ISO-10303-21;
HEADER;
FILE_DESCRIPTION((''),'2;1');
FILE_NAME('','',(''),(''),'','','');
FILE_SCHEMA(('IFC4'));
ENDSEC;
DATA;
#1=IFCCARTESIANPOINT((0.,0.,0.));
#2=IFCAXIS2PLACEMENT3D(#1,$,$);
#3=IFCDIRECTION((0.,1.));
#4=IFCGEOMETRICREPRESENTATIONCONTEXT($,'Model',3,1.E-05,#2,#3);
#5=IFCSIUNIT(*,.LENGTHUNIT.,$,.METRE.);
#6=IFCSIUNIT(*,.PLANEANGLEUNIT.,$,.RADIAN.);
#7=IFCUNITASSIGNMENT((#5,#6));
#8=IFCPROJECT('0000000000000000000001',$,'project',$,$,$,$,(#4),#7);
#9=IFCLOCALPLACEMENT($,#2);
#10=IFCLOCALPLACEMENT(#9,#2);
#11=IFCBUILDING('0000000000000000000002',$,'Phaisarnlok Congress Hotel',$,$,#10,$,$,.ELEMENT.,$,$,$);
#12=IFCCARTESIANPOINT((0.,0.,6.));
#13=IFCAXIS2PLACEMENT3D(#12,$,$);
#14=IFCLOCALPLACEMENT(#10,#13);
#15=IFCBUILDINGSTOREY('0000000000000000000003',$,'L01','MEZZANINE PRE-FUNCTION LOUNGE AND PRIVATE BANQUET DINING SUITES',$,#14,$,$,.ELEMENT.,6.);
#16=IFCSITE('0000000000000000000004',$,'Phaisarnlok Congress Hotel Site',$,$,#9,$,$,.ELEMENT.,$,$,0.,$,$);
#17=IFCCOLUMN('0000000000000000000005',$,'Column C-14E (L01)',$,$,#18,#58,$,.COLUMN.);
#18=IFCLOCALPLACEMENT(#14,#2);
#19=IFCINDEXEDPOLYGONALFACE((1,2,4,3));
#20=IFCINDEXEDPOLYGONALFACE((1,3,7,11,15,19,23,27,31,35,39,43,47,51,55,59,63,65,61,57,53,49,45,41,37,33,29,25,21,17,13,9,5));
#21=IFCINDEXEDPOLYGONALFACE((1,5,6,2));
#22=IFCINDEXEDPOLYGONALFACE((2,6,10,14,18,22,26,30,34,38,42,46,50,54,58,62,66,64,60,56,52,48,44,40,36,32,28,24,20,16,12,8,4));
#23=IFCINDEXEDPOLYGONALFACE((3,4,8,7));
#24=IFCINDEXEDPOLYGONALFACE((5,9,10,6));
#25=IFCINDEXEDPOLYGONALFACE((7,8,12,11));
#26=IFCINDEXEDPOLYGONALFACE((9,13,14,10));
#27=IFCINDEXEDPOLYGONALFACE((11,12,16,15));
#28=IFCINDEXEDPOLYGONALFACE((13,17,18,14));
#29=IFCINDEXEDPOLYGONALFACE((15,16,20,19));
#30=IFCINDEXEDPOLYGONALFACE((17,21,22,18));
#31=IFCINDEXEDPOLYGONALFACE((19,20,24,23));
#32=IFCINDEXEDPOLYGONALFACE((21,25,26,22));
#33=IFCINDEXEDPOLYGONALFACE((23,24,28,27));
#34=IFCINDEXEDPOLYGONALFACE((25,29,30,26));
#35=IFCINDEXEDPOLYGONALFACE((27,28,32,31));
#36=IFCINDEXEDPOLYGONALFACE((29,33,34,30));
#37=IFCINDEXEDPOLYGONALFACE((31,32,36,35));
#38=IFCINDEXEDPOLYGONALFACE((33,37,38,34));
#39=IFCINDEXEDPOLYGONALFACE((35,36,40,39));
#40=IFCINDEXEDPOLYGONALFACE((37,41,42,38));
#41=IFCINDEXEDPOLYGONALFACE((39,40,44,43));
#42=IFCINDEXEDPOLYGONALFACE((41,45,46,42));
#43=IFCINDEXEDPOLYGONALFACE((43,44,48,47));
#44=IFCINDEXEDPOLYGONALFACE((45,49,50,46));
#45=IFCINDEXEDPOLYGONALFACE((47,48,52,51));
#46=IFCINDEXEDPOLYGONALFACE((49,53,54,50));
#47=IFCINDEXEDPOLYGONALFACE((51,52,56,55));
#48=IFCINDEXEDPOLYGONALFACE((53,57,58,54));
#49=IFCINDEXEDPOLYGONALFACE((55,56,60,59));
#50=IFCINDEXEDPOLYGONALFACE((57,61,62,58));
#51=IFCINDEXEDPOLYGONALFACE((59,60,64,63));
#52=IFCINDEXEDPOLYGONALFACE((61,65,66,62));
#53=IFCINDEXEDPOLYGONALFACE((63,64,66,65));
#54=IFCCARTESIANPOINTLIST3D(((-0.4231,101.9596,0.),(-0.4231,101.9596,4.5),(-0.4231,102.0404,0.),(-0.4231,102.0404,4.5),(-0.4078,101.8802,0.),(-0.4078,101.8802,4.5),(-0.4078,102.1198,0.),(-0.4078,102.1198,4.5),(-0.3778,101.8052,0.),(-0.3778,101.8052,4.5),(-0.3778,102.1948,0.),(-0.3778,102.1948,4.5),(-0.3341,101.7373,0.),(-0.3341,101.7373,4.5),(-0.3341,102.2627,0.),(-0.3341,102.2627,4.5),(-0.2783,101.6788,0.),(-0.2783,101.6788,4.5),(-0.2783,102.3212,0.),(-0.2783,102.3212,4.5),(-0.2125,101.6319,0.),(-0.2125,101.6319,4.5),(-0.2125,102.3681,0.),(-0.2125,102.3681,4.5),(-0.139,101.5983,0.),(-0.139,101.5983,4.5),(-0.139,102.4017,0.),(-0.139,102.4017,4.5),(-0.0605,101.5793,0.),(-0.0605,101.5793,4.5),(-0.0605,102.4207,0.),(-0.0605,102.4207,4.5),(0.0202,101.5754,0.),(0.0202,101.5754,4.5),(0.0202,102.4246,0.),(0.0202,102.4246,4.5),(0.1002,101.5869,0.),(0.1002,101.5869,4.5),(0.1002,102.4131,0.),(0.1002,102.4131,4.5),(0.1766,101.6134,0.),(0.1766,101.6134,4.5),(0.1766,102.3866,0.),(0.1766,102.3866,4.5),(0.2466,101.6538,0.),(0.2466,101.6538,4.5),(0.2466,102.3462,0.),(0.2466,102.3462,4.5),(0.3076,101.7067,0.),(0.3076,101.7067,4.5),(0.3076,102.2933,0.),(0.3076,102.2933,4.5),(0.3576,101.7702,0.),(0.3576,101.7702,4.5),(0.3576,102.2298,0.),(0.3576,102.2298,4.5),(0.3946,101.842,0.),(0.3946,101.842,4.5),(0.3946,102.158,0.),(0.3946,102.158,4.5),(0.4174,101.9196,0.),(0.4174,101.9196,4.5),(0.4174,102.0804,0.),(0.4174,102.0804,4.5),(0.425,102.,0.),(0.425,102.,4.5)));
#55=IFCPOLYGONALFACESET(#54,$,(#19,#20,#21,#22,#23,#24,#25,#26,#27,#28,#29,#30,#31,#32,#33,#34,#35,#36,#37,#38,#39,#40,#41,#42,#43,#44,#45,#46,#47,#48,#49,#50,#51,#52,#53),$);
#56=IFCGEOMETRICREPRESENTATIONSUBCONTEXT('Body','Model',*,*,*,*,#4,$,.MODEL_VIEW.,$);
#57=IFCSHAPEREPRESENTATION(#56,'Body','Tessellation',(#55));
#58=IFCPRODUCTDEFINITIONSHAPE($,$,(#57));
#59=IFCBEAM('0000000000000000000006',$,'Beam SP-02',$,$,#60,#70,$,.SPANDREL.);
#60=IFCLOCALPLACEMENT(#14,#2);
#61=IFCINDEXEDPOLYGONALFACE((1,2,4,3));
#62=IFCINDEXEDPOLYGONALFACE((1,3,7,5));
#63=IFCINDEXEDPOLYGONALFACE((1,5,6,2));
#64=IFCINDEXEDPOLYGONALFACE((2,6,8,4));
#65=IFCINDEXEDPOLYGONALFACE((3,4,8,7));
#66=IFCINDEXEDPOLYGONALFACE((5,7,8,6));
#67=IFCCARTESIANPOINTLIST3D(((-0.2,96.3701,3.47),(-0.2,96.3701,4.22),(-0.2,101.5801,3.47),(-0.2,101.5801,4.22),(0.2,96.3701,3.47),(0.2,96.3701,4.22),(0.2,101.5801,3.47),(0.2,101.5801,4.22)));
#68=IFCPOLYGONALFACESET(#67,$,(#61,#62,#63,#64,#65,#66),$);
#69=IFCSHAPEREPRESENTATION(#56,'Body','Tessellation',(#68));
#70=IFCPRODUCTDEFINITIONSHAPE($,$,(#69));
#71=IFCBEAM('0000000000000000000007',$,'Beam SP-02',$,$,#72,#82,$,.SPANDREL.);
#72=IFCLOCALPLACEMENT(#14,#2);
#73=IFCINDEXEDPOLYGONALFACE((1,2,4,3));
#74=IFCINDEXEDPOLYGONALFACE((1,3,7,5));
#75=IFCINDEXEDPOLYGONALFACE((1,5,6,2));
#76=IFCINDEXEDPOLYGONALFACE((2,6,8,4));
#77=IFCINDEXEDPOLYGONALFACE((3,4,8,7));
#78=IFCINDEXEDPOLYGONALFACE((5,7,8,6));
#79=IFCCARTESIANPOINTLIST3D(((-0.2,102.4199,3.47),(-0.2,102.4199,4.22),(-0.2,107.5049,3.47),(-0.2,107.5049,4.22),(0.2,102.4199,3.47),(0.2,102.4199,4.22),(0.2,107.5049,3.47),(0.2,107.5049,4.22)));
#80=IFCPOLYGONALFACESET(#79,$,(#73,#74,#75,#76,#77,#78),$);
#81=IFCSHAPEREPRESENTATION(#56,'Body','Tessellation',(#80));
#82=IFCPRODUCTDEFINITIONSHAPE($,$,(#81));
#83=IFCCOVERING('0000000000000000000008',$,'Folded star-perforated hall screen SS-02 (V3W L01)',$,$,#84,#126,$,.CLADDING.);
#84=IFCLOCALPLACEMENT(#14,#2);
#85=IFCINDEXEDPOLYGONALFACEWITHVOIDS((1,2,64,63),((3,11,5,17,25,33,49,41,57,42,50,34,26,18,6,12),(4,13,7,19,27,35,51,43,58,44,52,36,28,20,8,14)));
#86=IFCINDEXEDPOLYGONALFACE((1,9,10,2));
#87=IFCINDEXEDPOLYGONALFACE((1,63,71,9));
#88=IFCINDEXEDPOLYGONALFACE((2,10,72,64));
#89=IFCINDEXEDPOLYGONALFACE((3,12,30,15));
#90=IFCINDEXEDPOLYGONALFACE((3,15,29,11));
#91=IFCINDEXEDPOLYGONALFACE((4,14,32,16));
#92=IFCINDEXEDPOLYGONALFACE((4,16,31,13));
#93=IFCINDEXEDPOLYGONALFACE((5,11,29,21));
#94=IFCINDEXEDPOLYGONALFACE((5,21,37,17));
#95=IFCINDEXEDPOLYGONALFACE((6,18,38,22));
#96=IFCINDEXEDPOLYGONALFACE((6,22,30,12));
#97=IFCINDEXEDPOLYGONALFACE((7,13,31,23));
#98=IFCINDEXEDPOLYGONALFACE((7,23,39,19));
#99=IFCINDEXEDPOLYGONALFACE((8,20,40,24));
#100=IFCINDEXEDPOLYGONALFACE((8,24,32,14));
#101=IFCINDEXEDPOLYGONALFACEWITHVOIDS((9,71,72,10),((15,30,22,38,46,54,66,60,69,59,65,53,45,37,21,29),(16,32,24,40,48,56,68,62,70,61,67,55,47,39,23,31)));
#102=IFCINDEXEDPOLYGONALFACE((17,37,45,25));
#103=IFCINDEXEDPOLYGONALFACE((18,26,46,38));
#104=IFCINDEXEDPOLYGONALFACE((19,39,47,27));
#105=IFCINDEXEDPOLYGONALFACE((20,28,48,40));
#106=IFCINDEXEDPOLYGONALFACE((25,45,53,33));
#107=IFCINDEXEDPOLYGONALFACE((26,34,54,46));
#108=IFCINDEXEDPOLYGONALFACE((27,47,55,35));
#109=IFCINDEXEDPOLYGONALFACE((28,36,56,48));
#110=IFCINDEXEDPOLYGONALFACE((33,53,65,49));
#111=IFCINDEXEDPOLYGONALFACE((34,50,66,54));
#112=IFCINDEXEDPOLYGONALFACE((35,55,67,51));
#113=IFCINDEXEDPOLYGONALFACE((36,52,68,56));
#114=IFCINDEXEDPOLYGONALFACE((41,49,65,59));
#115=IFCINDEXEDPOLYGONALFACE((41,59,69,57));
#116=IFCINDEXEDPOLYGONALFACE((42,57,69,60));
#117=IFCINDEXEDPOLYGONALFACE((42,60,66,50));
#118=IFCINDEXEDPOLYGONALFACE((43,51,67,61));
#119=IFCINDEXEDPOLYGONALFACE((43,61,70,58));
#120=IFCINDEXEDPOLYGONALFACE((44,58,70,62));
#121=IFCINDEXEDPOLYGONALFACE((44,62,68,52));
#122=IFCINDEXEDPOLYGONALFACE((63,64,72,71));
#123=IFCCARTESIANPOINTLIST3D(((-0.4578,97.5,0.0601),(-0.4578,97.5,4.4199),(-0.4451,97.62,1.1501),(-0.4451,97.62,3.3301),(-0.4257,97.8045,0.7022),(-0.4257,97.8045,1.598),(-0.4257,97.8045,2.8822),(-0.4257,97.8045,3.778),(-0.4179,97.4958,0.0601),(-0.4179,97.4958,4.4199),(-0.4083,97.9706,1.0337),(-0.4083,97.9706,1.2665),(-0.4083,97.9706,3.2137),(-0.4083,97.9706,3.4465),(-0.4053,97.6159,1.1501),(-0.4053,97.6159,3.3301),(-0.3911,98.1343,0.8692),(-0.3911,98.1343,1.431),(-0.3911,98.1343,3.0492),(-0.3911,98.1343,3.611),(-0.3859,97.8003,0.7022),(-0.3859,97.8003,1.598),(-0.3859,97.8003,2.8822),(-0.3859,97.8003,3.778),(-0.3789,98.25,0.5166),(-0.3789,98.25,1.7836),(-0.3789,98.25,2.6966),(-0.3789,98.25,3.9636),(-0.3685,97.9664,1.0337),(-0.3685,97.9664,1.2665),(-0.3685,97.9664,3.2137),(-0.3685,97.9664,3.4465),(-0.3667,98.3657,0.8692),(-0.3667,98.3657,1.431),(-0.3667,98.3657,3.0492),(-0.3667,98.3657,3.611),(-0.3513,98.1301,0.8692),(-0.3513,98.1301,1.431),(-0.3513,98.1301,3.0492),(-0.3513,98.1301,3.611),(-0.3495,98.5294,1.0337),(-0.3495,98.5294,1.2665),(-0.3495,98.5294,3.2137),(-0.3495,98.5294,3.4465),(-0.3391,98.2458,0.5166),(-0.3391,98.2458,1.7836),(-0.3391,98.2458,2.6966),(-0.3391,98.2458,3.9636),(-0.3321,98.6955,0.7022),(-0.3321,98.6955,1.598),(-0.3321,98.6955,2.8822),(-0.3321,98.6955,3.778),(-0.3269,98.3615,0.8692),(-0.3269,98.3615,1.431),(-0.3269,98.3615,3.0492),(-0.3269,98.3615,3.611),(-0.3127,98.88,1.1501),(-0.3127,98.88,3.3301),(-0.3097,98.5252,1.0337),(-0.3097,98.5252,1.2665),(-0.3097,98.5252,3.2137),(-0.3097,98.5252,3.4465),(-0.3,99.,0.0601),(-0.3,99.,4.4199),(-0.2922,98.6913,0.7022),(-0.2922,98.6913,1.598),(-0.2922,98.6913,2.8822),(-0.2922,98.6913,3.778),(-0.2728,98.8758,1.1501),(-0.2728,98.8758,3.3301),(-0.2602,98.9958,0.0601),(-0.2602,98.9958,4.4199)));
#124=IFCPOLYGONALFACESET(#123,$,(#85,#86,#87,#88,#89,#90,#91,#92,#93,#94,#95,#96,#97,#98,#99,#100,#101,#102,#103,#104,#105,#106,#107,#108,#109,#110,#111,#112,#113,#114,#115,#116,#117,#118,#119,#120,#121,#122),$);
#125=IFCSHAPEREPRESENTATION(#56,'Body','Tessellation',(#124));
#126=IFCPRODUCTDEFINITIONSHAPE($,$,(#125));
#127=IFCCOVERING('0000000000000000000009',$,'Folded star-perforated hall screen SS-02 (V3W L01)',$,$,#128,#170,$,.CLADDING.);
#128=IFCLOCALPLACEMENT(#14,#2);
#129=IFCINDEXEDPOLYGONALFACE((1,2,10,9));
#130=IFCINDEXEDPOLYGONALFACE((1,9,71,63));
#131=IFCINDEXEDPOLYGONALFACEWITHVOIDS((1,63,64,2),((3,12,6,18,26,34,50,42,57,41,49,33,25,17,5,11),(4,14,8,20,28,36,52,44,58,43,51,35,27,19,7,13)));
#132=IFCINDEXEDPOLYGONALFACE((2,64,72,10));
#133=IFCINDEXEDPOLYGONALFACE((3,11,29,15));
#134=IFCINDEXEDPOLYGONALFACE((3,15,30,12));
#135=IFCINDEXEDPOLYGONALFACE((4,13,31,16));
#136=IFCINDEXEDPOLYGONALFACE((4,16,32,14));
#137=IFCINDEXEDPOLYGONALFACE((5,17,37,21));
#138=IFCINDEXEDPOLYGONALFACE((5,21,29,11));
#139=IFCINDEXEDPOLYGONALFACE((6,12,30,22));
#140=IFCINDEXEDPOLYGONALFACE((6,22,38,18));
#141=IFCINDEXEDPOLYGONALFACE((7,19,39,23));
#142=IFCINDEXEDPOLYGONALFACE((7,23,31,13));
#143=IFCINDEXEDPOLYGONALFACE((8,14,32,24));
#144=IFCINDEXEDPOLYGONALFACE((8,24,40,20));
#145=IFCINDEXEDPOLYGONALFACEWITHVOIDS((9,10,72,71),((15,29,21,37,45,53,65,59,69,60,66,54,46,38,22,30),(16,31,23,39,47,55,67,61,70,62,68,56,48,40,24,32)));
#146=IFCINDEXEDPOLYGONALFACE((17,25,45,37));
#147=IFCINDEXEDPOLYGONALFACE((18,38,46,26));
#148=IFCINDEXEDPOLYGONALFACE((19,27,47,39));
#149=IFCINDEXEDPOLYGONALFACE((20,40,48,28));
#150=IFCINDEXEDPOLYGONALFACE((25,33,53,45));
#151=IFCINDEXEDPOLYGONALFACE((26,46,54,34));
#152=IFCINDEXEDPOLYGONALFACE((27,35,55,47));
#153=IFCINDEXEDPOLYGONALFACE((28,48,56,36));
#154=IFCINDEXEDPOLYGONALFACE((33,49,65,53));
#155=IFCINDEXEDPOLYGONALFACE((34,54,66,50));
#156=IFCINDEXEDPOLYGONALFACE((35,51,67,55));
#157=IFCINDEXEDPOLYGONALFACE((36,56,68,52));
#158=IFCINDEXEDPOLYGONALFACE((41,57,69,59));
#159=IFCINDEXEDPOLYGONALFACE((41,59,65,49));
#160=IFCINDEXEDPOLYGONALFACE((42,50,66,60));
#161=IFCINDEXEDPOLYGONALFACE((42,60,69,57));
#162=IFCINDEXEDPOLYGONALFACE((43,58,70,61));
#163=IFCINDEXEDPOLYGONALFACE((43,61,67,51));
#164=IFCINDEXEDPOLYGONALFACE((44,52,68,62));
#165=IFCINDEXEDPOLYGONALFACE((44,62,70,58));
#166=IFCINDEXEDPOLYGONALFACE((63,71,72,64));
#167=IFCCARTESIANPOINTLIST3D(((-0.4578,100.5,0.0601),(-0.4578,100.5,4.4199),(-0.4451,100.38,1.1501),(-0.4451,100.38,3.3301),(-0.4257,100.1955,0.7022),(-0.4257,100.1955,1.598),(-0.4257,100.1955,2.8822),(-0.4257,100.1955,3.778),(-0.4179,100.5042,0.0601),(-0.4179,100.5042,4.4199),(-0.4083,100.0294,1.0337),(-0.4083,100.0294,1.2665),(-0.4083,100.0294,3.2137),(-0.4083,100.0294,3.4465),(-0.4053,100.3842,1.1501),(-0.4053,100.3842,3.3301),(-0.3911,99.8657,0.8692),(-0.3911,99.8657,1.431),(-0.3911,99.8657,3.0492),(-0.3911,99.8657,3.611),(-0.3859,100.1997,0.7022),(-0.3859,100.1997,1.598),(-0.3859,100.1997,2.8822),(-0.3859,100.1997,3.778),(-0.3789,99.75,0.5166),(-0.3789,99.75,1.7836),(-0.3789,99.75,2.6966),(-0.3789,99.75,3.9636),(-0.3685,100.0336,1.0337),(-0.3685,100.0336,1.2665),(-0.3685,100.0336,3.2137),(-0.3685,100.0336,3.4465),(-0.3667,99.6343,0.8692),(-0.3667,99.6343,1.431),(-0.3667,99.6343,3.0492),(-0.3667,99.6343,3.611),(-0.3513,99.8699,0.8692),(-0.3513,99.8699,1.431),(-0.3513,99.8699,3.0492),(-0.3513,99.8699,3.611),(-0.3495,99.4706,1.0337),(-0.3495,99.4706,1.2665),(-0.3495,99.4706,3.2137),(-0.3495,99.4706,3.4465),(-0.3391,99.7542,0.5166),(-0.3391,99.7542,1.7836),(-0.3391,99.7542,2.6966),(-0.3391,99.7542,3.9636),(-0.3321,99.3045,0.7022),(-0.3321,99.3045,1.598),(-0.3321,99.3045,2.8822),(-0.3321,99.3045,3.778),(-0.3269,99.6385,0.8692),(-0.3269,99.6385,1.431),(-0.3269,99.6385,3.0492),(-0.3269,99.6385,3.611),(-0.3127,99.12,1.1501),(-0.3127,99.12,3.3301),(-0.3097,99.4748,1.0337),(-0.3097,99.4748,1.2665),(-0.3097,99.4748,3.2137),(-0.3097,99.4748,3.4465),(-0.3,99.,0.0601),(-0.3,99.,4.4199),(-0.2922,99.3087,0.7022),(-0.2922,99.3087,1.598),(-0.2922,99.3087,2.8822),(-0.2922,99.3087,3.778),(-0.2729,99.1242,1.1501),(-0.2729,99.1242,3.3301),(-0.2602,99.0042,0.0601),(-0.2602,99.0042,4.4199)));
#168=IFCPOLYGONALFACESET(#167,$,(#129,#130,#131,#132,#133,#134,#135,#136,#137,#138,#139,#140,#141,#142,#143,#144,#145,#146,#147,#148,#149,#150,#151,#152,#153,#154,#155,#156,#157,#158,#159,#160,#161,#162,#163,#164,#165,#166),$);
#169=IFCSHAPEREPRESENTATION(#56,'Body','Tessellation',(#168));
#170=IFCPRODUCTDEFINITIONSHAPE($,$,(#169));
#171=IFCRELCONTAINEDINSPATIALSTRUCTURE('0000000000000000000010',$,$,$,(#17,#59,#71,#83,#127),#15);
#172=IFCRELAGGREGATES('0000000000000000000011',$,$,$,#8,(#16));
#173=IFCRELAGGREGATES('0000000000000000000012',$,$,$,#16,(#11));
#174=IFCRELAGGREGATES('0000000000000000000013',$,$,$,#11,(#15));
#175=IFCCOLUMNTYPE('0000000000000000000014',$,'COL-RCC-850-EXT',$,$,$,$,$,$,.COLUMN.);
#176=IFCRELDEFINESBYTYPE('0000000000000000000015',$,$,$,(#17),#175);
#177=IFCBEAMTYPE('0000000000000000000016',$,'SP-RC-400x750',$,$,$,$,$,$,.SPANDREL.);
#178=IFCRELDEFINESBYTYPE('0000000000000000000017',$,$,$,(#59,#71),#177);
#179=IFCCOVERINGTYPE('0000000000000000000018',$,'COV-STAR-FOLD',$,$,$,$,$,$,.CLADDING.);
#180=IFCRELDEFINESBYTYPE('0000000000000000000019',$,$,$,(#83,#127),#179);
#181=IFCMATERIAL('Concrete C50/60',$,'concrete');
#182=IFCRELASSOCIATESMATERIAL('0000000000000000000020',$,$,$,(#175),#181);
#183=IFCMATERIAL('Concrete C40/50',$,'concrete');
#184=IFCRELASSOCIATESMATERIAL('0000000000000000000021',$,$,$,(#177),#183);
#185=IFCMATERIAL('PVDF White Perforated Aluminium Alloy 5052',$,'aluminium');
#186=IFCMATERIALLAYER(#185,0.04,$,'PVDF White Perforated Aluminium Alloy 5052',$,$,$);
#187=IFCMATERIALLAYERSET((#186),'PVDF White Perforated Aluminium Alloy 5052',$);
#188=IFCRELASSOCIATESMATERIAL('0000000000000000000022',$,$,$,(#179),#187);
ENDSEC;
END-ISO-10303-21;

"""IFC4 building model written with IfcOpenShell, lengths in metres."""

from ifc_helpers import new_model, si_unit, direction, frame, origin, origin_2d, place, context, subcontext, project, spatial, polyline, rectangle, circle, outline, extrude, material, layer, layer_set, material_profile, profile_set, type_object, element, save


model = new_model("IFC4")

# Units and contexts
model_context = context("Model", 3, precision=1e-05, world=origin(), true_north=direction((0.0, 1.0)))
body_context = subcontext(model_context, "Body", "Model", "MODEL_VIEW")
ifc_project = project(units=[si_unit("LENGTHUNIT", "METRE"), si_unit("PLANEANGLEUNIT", "RADIAN")], contexts=[model_context])

# Site, building, storey
site_placement = place(None, origin())
site = spatial("IfcSite", under=ifc_project, at=site_placement, Name="Phaisarnlok Congress Hotel Site", CompositionType="ELEMENT", RefElevation=0.0)
building_placement = place(site_placement, origin())
building = spatial("IfcBuilding", under=site, at=building_placement, Name="Phaisarnlok Congress Hotel", CompositionType="ELEMENT")
storey_placement = place(building_placement, frame((0.0, 0.0, 6.0)))
storey = spatial("IfcBuildingStorey", under=building, at=storey_placement, Name="L01", Description="MEZZANINE PRE-FUNCTION LOUNGE AND PRIVATE BANQUET DINING SUITES", CompositionType="ELEMENT", Elevation=6.0)

# Column
ifc_material_1 = material(Name="Concrete C50/60", Category="concrete")
ifc_material_profile_1 = material_profile(ifc_material_1, circle(Radius=0.425, at=origin_2d()), Name="RCC D850")
ifc_profile_set_1 = profile_set([ifc_material_profile_1], Name="Concrete C50/60")
column_type = type_object("IfcColumnType", Name="COL-RCC-850-EXT", PredefinedType="COLUMN", material=ifc_profile_set_1)
column_placement = place(storey_placement, frame((0.0, 102.0, 0.0), z_axis=(0.0, 0.0, 1.0), x_axis=(1.0, 0.0, 0.0)))
element("IfcColumn", 1, at=column_placement, inside=storey, type_object=column_type, Name="Column C-14E (L01)", PredefinedType="COLUMN", context=body_context, shape_type="SweptSolid", body=[
    extrude(circle(Radius=0.425, at=origin_2d()), origin(), (0.0, 0.0, 1.0), 4.5),
])

# Beams
ifc_material_2 = material(Name="Concrete C40/50", Category="concrete")
ifc_material_profile_2 = material_profile(ifc_material_2, rectangle(XDim=0.3999, YDim=0.75, at=origin_2d()), Name="RC 400x750")
ifc_profile_set_2 = profile_set([ifc_material_profile_2], Name="Concrete C40/50")
beam_type = type_object("IfcBeamType", Name="SP-RC-400x750", PredefinedType="SPANDREL", material=ifc_profile_set_2)
beam_1_placement = place(storey_placement, frame((0.0, 96.3701, 3.845), z_axis=(0.0, 1.0, 0.0), x_axis=(-1.0, 0.0, 0.0)))
element("IfcBeam", 2, at=beam_1_placement, inside=storey, type_object=beam_type, Name="Beam SP-02", PredefinedType="SPANDREL", context=body_context, shape_type="SweptSolid", body=[
    extrude(rectangle(XDim=0.3999, YDim=0.75, at=origin_2d()), origin(), (0.0, 0.0, 1.0), 5.21),
])
beam_2_placement = place(storey_placement, frame((0.0, 102.4199, 3.845), z_axis=(0.0, 1.0, 0.0), x_axis=(-1.0, 0.0, 0.0)))
element("IfcBeam", 3, at=beam_2_placement, inside=storey, type_object=beam_type, Name="Beam SP-02", PredefinedType="SPANDREL", context=body_context, shape_type="SweptSolid", body=[
    extrude(rectangle(XDim=0.3999, YDim=0.75, at=origin_2d()), origin(), (0.0, 0.0, 1.0), 5.085),
])

# Coverings
ifc_material_3 = material(Name="PVDF White Perforated Aluminium Alloy 5052", Category="aluminium")
ifc_layer = layer(ifc_material_3, 0.04, Name="PVDF White Perforated Aluminium Alloy 5052")
ifc_layer_set = layer_set([ifc_layer], Name="PVDF White Perforated Aluminium Alloy 5052")
covering_type = type_object("IfcCoveringType", Name="COV-STAR-FOLD", PredefinedType="CLADDING", material=ifc_layer_set)
for number, where, z_axis, x_axis, name in (
    (4, (-0.4578, 97.5, 0.0601), (0.994518, -0.104567, 0.0), (0.104567, 0.994518, 0.0), "Folded star-perforated hall screen SS-02 (V3W L01)"),
    (5, (-0.3, 99.0, 0.0601), (0.994518, 0.104567, 0.0), (-0.104567, 0.994518, 0.0), "Folded star-perforated hall screen SS-02 (V3W L01)"),
):
    element("IfcCovering", number, at=place(storey_placement, frame(where, z_axis=z_axis, x_axis=x_axis)), inside=storey, type_object=covering_type, Name=name, PredefinedType="CLADDING", context=body_context, shape_type="SweptSolid", body=[
        extrude(outline(polyline([(0.0, 0.0), (1.5083, 0.0), (1.5083, 4.3599), (0.0, 4.3599), (0.0, 0.0)]), holes=[polyline([(1.0351, 0.9736), (1.2021, 0.6421), (0.8705, 0.8091), (0.7541, 0.4565), (0.6378, 0.8091), (0.3062, 0.6421), (0.4732, 0.9736), (0.1207, 1.09), (0.4732, 1.2064), (0.3062, 1.5379), (0.6378, 1.3709), (0.7541, 1.7235), (0.8705, 1.3709), (1.2021, 1.5379), (1.0351, 1.2064), (1.3876, 1.09), (1.0351, 0.9736)]), polyline([(1.0351, 3.1536), (1.2021, 2.8221), (0.8705, 2.9891), (0.7541, 2.6365), (0.6378, 2.9891), (0.3062, 2.8221), (0.4732, 3.1536), (0.1207, 3.27), (0.4732, 3.3864), (0.3062, 3.7179), (0.6378, 3.5509), (0.7541, 3.9035), (0.8705, 3.5509), (1.2021, 3.7179), (1.0351, 3.3864), (1.3876, 3.27), (1.0351, 3.1536)])]), origin(), (0.0, 0.0, 1.0), 0.04),
    ])

save(model, "model.ifc")
